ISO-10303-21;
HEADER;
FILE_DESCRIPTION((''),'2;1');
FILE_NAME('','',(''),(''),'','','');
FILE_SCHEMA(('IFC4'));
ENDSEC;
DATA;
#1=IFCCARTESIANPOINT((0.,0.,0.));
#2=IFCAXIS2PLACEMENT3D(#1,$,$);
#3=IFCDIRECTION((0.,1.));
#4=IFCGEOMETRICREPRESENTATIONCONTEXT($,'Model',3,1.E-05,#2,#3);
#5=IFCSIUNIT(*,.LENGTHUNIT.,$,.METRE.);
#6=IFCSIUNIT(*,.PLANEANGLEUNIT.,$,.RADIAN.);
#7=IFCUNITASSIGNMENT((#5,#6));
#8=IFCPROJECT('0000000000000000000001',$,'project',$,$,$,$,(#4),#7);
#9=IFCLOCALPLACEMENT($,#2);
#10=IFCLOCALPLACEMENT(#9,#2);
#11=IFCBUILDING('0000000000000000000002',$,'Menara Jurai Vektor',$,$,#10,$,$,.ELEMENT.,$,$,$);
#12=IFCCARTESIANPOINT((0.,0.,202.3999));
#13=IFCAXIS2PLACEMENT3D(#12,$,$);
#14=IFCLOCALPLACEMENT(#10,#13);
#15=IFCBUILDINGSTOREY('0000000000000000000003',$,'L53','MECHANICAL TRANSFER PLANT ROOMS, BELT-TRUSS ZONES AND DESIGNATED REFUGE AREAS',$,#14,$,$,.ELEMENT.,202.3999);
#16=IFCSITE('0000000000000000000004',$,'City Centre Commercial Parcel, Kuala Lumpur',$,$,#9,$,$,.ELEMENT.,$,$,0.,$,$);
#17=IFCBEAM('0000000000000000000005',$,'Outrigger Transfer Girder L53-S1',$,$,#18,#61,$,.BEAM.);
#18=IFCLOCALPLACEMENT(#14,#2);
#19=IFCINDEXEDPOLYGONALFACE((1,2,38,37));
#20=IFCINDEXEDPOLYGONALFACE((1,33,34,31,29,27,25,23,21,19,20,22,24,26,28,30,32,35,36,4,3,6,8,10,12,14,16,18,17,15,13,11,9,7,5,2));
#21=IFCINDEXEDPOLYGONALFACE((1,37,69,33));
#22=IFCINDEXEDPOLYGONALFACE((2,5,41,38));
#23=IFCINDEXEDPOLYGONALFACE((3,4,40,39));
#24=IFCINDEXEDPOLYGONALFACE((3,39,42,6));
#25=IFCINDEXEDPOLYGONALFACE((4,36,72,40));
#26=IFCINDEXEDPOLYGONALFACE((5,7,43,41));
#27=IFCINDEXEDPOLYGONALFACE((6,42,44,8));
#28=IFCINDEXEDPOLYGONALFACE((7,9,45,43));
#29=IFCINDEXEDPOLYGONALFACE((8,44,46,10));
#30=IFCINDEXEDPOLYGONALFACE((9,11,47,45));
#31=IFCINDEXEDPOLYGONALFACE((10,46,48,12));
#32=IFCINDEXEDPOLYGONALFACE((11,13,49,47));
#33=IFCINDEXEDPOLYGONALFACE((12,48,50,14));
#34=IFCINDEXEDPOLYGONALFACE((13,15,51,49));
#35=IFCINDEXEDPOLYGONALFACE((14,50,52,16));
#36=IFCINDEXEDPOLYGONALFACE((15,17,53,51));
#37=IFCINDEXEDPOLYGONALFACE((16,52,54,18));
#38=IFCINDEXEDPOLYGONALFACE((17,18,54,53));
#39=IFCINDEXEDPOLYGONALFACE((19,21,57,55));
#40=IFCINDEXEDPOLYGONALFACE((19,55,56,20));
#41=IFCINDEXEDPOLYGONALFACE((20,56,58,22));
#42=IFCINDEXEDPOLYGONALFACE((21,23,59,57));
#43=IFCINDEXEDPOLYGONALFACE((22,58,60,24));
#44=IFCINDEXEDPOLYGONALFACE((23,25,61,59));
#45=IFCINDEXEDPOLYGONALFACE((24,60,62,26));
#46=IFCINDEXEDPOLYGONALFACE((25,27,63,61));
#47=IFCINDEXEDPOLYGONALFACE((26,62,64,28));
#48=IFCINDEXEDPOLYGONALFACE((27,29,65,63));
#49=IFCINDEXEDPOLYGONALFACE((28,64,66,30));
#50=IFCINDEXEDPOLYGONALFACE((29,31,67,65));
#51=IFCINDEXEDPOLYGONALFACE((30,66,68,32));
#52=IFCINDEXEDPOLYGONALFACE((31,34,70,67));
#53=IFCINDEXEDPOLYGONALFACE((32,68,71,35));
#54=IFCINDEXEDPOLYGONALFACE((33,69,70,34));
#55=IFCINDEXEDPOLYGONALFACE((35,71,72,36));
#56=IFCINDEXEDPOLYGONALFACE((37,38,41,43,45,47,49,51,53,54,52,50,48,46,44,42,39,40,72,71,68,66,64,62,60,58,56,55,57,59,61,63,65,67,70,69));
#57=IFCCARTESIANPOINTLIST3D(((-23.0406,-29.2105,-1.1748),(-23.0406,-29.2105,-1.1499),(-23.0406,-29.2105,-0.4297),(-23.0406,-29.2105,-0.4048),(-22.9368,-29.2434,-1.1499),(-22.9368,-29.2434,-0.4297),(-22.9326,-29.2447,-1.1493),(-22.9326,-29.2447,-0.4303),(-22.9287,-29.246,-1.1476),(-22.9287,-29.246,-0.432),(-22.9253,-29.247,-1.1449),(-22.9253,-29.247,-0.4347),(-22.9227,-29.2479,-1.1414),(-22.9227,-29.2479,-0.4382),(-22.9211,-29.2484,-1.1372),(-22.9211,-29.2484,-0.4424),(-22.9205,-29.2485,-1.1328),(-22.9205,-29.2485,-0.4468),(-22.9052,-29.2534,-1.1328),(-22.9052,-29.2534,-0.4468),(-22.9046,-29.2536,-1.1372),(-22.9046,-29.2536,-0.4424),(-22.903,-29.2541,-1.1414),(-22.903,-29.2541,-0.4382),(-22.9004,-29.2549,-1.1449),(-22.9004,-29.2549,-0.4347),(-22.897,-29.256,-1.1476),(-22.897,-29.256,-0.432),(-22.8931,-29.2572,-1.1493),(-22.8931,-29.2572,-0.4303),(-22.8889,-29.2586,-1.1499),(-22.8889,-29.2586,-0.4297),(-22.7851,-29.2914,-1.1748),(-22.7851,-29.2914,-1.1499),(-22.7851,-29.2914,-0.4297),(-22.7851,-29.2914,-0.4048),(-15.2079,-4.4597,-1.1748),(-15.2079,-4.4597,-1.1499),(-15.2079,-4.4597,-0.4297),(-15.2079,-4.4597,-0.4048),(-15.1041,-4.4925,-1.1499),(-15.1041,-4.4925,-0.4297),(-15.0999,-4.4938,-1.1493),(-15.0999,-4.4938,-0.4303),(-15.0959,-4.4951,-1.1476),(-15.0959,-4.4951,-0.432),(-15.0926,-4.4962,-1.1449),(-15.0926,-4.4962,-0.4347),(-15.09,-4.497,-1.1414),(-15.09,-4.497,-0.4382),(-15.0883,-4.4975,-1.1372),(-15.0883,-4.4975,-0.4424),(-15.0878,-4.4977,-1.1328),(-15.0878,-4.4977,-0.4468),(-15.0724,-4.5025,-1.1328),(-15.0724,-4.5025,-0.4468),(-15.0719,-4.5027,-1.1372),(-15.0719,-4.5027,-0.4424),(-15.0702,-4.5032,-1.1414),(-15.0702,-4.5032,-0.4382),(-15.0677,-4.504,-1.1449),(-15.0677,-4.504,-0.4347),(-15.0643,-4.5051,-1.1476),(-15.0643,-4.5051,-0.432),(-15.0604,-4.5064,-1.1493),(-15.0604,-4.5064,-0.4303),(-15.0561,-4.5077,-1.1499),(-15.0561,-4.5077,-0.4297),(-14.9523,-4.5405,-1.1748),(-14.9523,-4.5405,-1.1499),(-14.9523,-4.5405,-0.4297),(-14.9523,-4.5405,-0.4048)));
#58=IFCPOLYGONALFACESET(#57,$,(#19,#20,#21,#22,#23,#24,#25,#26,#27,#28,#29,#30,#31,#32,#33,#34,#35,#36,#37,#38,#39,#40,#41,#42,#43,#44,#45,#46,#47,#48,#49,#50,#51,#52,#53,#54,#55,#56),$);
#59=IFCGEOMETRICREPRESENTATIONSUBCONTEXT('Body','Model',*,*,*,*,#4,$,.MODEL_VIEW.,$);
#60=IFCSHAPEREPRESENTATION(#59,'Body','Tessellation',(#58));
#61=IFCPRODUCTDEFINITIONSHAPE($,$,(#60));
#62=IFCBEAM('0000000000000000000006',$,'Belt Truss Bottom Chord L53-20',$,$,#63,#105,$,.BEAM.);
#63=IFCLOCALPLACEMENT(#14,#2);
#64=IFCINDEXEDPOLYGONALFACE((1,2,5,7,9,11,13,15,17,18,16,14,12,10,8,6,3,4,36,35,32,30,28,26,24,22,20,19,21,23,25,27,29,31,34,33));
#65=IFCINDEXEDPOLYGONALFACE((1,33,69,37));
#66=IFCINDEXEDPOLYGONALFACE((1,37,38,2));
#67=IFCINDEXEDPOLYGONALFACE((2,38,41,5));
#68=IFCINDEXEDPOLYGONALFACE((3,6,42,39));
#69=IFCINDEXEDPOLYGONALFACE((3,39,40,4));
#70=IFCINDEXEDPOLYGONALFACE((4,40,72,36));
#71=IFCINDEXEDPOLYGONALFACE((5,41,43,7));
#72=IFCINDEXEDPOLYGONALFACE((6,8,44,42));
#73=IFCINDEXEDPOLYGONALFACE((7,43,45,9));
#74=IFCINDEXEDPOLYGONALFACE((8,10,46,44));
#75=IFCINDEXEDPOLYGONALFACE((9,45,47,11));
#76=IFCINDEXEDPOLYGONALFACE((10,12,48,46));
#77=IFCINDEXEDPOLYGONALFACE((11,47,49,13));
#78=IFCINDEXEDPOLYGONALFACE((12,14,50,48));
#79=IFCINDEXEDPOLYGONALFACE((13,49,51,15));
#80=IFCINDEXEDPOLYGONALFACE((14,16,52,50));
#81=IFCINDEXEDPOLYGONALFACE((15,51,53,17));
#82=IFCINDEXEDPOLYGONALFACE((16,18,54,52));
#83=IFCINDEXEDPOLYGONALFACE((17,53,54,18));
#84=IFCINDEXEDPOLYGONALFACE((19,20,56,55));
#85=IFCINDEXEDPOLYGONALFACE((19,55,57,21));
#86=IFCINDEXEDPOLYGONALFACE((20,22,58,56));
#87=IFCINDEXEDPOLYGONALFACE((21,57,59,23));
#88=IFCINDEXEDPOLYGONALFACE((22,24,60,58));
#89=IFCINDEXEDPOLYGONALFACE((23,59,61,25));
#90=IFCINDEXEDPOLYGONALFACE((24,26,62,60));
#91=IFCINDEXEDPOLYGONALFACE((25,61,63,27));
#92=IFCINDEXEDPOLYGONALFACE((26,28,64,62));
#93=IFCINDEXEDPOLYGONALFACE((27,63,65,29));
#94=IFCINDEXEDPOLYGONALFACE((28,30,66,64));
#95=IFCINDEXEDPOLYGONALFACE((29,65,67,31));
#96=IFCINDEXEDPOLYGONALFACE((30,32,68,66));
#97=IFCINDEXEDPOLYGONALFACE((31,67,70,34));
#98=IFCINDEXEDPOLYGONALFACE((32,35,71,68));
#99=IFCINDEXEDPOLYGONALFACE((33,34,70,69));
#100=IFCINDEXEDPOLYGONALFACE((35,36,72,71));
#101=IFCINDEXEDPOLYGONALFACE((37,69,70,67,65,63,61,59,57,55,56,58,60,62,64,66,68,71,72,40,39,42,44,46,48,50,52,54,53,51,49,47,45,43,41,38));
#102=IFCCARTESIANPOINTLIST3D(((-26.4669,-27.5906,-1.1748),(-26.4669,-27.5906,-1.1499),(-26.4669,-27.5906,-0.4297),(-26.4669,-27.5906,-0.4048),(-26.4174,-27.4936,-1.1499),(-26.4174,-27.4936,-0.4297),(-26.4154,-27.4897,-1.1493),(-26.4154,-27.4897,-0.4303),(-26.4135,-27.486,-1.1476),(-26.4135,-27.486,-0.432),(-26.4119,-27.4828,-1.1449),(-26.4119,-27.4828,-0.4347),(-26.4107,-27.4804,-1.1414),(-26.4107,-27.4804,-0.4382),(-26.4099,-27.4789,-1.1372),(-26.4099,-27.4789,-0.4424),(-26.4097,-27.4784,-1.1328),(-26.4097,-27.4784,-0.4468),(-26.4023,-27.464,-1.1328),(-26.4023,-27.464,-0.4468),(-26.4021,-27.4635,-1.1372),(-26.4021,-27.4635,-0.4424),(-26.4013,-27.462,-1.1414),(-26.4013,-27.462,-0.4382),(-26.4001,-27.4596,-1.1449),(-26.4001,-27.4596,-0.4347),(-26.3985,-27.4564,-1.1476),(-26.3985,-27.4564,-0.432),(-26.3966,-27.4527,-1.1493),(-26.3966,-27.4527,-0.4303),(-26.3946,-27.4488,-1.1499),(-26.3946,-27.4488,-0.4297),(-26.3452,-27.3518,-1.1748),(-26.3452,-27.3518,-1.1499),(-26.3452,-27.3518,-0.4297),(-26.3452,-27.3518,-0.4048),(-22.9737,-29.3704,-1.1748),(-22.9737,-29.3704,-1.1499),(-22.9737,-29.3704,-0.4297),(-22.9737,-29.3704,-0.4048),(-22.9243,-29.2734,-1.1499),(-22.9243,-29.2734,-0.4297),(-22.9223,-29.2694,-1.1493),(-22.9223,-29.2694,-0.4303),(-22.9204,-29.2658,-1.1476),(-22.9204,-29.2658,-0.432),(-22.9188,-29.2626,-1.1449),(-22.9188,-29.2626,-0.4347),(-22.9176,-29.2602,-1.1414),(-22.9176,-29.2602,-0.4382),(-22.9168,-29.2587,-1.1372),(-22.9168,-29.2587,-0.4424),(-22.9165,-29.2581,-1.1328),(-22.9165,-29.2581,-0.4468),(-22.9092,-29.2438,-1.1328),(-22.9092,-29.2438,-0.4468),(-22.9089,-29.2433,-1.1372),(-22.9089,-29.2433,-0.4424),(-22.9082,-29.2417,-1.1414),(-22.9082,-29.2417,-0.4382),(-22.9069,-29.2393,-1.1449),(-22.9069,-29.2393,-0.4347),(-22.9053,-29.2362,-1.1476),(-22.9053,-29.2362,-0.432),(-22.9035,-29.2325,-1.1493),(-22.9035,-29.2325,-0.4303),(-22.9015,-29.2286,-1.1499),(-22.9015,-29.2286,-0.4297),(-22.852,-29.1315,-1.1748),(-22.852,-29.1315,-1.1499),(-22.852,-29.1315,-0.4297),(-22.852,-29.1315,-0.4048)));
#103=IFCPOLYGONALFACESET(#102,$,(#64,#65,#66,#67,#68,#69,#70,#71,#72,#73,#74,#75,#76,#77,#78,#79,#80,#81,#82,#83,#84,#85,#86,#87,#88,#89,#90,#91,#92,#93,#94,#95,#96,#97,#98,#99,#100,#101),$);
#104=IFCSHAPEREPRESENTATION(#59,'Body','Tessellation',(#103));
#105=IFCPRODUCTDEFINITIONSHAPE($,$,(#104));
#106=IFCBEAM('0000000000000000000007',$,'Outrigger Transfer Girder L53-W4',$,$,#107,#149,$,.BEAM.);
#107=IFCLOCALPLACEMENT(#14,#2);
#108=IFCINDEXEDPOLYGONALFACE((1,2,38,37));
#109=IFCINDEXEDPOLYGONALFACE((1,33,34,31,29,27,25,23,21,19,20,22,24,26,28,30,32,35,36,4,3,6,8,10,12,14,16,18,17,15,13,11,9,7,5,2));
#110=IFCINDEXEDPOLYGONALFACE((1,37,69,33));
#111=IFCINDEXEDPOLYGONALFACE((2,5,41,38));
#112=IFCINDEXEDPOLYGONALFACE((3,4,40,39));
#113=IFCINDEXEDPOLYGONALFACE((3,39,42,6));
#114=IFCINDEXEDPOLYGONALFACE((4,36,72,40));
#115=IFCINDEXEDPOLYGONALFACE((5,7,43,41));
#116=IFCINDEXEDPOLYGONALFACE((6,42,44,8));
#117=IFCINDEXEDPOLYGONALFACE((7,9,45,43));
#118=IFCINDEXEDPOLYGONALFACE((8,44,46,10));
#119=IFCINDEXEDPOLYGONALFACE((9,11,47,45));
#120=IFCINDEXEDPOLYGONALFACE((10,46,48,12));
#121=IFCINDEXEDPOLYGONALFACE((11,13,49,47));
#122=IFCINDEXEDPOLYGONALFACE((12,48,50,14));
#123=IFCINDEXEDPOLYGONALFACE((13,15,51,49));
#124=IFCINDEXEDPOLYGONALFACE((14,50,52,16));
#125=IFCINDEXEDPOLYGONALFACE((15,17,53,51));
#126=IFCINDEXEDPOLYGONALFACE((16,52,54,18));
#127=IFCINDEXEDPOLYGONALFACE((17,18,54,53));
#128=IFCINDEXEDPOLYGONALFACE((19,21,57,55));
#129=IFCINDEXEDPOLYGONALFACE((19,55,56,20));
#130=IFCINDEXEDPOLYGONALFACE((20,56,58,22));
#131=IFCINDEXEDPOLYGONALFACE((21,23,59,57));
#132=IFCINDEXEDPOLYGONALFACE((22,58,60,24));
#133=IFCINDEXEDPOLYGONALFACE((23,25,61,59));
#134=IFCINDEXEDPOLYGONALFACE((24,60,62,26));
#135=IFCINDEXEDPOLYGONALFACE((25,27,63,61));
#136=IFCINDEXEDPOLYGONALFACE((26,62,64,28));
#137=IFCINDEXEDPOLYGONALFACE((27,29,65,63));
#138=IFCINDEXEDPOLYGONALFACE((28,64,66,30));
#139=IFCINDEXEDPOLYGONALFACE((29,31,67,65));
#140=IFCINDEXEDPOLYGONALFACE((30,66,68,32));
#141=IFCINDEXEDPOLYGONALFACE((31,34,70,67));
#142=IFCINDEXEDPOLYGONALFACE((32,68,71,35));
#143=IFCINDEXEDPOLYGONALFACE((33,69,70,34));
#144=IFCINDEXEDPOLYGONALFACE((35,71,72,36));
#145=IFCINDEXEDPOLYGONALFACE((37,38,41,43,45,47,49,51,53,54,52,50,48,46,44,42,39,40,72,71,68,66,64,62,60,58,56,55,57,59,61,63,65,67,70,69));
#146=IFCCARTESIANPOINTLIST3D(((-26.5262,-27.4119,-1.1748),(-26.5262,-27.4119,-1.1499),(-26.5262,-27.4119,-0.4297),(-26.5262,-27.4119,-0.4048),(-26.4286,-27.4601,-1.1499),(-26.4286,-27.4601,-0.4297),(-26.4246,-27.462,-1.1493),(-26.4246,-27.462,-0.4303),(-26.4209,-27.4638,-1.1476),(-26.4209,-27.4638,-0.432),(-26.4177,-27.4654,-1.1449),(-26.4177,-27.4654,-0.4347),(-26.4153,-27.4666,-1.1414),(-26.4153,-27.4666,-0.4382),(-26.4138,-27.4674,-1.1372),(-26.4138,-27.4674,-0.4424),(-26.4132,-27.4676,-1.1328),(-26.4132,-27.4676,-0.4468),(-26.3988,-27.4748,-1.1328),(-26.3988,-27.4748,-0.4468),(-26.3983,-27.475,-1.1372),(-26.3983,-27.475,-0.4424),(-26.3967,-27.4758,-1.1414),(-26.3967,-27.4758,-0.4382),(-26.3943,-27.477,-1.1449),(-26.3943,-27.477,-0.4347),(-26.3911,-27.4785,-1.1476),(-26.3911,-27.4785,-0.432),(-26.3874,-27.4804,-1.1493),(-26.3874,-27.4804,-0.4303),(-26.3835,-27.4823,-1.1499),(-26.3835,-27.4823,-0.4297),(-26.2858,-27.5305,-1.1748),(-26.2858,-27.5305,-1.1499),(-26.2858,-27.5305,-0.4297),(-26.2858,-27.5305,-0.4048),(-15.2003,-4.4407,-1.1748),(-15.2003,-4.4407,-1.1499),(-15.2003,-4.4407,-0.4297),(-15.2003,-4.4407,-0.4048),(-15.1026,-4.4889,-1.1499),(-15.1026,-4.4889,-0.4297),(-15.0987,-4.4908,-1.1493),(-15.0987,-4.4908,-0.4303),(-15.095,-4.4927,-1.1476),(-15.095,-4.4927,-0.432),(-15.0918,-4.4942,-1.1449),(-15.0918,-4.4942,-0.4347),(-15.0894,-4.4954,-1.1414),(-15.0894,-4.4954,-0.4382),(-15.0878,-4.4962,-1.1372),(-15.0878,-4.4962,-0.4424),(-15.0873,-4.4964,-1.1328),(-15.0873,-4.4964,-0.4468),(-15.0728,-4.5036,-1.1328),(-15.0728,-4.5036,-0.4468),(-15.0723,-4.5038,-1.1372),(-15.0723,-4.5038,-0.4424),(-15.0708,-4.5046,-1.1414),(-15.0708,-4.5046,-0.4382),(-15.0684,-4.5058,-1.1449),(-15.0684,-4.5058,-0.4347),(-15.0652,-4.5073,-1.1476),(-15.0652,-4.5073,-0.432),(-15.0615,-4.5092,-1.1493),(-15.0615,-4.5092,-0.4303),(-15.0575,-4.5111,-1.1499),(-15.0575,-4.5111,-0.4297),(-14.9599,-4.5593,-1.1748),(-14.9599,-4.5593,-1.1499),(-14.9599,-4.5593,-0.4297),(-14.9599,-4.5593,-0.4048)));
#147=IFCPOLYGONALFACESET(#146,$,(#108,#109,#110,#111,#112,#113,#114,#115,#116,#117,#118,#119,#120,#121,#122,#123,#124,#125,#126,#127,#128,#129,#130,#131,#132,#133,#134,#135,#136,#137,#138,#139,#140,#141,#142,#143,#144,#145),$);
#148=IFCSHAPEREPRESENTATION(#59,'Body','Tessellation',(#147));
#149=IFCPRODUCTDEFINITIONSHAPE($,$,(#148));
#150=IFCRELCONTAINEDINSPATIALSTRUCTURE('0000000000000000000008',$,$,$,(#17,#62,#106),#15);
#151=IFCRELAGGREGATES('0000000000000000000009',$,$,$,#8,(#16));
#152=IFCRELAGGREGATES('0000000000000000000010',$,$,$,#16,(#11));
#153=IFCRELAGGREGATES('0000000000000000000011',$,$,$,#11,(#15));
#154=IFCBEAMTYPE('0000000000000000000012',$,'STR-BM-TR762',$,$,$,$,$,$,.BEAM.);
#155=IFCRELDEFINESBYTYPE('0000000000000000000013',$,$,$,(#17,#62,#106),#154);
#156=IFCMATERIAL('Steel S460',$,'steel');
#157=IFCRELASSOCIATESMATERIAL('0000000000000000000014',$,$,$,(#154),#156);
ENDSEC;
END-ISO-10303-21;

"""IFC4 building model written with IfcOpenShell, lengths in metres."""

from ifc_helpers import new_model, si_unit, direction, frame, origin, origin_2d, place, context, subcontext, project, spatial, i_section, extrude, material, material_profile, profile_set, type_object, element, save


model = new_model("IFC4")

# Units and contexts
model_context = context("Model", 3, precision=1e-05, world=origin(), true_north=direction((0.0, 1.0)))
body_context = subcontext(model_context, "Body", "Model", "MODEL_VIEW")
ifc_project = project(units=[si_unit("LENGTHUNIT", "METRE"), si_unit("PLANEANGLEUNIT", "RADIAN")], contexts=[model_context])

# Site, building, storey
site_placement = place(None, origin())
site = spatial("IfcSite", under=ifc_project, at=site_placement, Name="City Centre Commercial Parcel, Kuala Lumpur", CompositionType="ELEMENT", RefElevation=0.0)
building_placement = place(site_placement, origin())
building = spatial("IfcBuilding", under=site, at=building_placement, Name="Menara Jurai Vektor", CompositionType="ELEMENT")
storey_placement = place(building_placement, frame((0.0, 0.0, 202.3999)))
storey = spatial("IfcBuildingStorey", under=building, at=storey_placement, Name="L53", Description="MECHANICAL TRANSFER PLANT ROOMS, BELT-TRUSS ZONES AND DESIGNATED REFUGE AREAS", CompositionType="ELEMENT", Elevation=202.3999)

# Shared definitions
ifc_material_1 = material(Name="Steel S460", Category="steel")

# Beams
ifc_material_profile_1 = material_profile(ifc_material_1, i_section(OverallWidth=0.2681, OverallDepth=0.77, WebThickness=0.0161, FlangeThickness=0.0249, FilletRadius=0.0171, at=origin_2d()), Name="UKB 762x267x197")
ifc_profile_set_1 = profile_set([ifc_material_profile_1], Name="Steel S460")
beam_type_1 = type_object("IfcBeamType", Name="STR-BM-TR762", PredefinedType="BEAM", material=ifc_profile_set_1)
beam_1_placement = place(storey_placement, frame((-22.9128, -29.251, -0.7898), z_axis=(0.301715, 0.953398, 0.0), x_axis=(-0.953398, 0.301715, 0.0)))
element("IfcBeam", 1, at=beam_1_placement, inside=storey, type_object=beam_type_1, Name="Outrigger Transfer Girder L53-S1", PredefinedType="BEAM", context=body_context, shape_type="SweptSolid", body=[
    extrude(i_section(OverallWidth=0.2681, OverallDepth=0.77, WebThickness=0.0161, FlangeThickness=0.0249, FilletRadius=0.0171, at=origin_2d()), origin(), (0.0, 0.0, 1.0), 25.9607),
])
beam_2_placement = place(storey_placement, frame((-26.406, -27.4712, -0.7898), z_axis=(0.891014, -0.453976, 0.0), x_axis=(0.453976, 0.891014, 0.0)))
element("IfcBeam", 2, at=beam_2_placement, inside=storey, type_object=beam_type_1, Name="Belt Truss Bottom Chord L53-20", PredefinedType="BEAM", context=body_context, shape_type="SweptSolid", body=[
    extrude(i_section(OverallWidth=0.2681, OverallDepth=0.77, WebThickness=0.0161, FlangeThickness=0.0249, FilletRadius=0.0171, at=origin_2d()), origin(), (0.0, 0.0, 1.0), 3.9204),
])
beam_3_placement = place(storey_placement, frame((-26.406, -27.4712, -0.7898), z_axis=(0.442219, 0.896907, 0.0), x_axis=(-0.896907, 0.442219, 0.0)))
element("IfcBeam", 3, at=beam_3_placement, inside=storey, type_object=beam_type_1, Name="Outrigger Transfer Girder L53-W4", PredefinedType="BEAM", context=body_context, shape_type="SweptSolid", body=[
    extrude(i_section(OverallWidth=0.2681, OverallDepth=0.77, WebThickness=0.0161, FlangeThickness=0.0249, FilletRadius=0.0171, at=origin_2d()), origin(), (0.0, 0.0, 1.0), 25.6116),
])

save(model, "model.ifc")
